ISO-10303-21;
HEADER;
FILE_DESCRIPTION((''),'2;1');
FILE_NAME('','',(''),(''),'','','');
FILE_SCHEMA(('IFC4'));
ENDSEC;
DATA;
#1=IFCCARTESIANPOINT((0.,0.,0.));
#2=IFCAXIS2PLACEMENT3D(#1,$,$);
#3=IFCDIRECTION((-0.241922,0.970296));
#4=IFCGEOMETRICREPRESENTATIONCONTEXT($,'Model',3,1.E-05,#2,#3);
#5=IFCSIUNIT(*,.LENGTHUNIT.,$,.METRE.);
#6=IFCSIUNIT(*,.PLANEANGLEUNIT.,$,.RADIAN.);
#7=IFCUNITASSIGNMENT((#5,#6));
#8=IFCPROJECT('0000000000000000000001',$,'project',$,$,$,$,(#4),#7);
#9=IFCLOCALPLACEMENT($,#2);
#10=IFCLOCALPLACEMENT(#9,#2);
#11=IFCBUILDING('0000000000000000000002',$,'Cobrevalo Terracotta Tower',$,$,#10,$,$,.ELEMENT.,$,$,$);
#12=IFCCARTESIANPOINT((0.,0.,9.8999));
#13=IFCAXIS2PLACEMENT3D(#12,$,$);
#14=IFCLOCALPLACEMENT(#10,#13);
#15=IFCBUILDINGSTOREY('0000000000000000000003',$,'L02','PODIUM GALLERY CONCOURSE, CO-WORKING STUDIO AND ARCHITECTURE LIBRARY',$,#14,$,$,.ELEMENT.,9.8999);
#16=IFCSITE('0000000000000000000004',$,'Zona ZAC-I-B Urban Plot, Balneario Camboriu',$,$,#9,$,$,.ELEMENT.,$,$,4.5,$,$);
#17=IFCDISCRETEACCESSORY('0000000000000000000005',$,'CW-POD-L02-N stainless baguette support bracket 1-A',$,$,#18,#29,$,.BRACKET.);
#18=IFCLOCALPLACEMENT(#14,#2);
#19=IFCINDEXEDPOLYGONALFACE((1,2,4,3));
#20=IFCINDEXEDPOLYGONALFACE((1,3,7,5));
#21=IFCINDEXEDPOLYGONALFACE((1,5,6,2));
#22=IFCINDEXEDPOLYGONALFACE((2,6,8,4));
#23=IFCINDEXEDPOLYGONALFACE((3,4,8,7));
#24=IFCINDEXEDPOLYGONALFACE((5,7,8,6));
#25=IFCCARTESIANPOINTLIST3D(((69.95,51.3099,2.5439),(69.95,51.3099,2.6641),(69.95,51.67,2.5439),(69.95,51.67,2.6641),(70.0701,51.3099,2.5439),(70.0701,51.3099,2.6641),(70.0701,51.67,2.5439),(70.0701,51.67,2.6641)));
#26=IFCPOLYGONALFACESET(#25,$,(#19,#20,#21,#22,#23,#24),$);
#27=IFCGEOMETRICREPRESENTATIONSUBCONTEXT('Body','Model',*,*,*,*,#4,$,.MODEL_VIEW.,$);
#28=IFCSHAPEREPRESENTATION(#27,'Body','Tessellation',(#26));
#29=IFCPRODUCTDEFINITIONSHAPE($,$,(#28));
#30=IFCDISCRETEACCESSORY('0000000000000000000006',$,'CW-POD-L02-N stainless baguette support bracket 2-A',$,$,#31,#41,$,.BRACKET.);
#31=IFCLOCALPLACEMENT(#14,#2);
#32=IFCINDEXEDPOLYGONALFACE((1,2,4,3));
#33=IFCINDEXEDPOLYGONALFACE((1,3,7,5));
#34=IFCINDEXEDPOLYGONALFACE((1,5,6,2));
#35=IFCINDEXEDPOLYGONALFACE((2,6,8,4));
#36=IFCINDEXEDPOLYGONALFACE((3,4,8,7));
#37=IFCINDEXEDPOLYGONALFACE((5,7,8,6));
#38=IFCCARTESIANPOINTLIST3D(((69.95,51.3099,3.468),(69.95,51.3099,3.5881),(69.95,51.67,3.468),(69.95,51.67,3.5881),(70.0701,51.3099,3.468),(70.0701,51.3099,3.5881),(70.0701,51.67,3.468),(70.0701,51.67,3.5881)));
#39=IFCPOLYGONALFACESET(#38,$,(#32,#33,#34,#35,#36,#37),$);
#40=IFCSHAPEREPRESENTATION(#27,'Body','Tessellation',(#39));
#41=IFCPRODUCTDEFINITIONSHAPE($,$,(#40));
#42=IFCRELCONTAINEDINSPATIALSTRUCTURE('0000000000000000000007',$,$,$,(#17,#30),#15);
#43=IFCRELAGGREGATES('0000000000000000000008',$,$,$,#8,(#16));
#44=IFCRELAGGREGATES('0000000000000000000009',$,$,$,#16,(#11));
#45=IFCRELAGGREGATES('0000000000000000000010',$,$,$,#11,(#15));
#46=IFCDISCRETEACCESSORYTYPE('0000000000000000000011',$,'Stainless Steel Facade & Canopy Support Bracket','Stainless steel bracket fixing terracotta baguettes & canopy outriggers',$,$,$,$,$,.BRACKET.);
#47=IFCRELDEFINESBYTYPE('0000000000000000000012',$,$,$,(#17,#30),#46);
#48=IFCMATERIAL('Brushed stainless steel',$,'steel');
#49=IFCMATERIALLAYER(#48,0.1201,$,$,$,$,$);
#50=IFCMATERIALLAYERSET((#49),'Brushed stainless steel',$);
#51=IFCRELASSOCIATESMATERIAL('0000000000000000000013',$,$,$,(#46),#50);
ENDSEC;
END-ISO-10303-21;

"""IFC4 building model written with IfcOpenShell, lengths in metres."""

from ifc_helpers import new_model, si_unit, direction, frame, origin, origin_2d, place, context, subcontext, project, spatial, rectangle, extrude, source, transform, mapped, material, layer, layer_set, type_object, element, save


model = new_model("IFC4")

# Units and contexts
model_context = context("Model", 3, precision=1e-05, world=origin(), true_north=direction((-0.241922, 0.970296)))
body_context = subcontext(model_context, "Body", "Model", "MODEL_VIEW")
ifc_project = project(units=[si_unit("LENGTHUNIT", "METRE"), si_unit("PLANEANGLEUNIT", "RADIAN")], contexts=[model_context])

# Site, building, storey
site_placement = place(None, origin())
site = spatial("IfcSite", under=ifc_project, at=site_placement, Name="Zona ZAC-I-B Urban Plot, Balneario Camboriu", CompositionType="ELEMENT", RefElevation=4.5)
building_placement = place(site_placement, origin())
building = spatial("IfcBuilding", under=site, at=building_placement, Name="Cobrevalo Terracotta Tower", CompositionType="ELEMENT")
storey_placement = place(building_placement, frame((0.0, 0.0, 9.8999)))
storey = spatial("IfcBuildingStorey", under=building, at=storey_placement, Name="L02", Description="PODIUM GALLERY CONCOURSE, CO-WORKING STUDIO AND ARCHITECTURE LIBRARY", CompositionType="ELEMENT", Elevation=9.8999)

# Shared definitions
ifc_material_1 = material(Name="Brushed stainless steel", Category="steel")

# Discrete accessories
ifc_layer_1 = layer(ifc_material_1, 0.1201)
ifc_layer_set_1 = layer_set([ifc_layer_1], Name="Brushed stainless steel")
discrete_accessory_type = type_object("IfcDiscreteAccessoryType", Name="Stainless Steel Facade & Canopy Support Bracket", Description="Stainless steel bracket fixing terracotta baguettes & canopy outriggers", PredefinedType="BRACKET", material=ifc_layer_set_1)
shared_shape_1 = source(origin(), body_context, "Body", "SweptSolid", [
    extrude(rectangle(XDim=0.1201, YDim=0.3601, at=origin_2d()), origin(), (0.0, 0.0, 1.0), 0.1201),
])
for number, where, z_axis, x_axis, name in (
    (1, (70.01, 51.49, 2.5439), (0.0, 0.0, 1.0), (-1.0, 0.0, 0.0), "CW-POD-L02-N stainless baguette support bracket 1-A"),
    (2, (70.01, 51.49, 3.468), (0.0, 0.0, 1.0), (-1.0, 0.0, 0.0), "CW-POD-L02-N stainless baguette support bracket 2-A"),
):
    element("IfcDiscreteAccessory", number, at=place(storey_placement, frame(where, z_axis=z_axis, x_axis=x_axis)), inside=storey, type_object=discrete_accessory_type, Name=name, PredefinedType="BRACKET", context=body_context, shape_type="MappedRepresentation", body=[
        mapped(shared_shape_1, transform((0.0, 0.0, 0.0), scale=1.0)),
    ])

save(model, "model.ifc")
